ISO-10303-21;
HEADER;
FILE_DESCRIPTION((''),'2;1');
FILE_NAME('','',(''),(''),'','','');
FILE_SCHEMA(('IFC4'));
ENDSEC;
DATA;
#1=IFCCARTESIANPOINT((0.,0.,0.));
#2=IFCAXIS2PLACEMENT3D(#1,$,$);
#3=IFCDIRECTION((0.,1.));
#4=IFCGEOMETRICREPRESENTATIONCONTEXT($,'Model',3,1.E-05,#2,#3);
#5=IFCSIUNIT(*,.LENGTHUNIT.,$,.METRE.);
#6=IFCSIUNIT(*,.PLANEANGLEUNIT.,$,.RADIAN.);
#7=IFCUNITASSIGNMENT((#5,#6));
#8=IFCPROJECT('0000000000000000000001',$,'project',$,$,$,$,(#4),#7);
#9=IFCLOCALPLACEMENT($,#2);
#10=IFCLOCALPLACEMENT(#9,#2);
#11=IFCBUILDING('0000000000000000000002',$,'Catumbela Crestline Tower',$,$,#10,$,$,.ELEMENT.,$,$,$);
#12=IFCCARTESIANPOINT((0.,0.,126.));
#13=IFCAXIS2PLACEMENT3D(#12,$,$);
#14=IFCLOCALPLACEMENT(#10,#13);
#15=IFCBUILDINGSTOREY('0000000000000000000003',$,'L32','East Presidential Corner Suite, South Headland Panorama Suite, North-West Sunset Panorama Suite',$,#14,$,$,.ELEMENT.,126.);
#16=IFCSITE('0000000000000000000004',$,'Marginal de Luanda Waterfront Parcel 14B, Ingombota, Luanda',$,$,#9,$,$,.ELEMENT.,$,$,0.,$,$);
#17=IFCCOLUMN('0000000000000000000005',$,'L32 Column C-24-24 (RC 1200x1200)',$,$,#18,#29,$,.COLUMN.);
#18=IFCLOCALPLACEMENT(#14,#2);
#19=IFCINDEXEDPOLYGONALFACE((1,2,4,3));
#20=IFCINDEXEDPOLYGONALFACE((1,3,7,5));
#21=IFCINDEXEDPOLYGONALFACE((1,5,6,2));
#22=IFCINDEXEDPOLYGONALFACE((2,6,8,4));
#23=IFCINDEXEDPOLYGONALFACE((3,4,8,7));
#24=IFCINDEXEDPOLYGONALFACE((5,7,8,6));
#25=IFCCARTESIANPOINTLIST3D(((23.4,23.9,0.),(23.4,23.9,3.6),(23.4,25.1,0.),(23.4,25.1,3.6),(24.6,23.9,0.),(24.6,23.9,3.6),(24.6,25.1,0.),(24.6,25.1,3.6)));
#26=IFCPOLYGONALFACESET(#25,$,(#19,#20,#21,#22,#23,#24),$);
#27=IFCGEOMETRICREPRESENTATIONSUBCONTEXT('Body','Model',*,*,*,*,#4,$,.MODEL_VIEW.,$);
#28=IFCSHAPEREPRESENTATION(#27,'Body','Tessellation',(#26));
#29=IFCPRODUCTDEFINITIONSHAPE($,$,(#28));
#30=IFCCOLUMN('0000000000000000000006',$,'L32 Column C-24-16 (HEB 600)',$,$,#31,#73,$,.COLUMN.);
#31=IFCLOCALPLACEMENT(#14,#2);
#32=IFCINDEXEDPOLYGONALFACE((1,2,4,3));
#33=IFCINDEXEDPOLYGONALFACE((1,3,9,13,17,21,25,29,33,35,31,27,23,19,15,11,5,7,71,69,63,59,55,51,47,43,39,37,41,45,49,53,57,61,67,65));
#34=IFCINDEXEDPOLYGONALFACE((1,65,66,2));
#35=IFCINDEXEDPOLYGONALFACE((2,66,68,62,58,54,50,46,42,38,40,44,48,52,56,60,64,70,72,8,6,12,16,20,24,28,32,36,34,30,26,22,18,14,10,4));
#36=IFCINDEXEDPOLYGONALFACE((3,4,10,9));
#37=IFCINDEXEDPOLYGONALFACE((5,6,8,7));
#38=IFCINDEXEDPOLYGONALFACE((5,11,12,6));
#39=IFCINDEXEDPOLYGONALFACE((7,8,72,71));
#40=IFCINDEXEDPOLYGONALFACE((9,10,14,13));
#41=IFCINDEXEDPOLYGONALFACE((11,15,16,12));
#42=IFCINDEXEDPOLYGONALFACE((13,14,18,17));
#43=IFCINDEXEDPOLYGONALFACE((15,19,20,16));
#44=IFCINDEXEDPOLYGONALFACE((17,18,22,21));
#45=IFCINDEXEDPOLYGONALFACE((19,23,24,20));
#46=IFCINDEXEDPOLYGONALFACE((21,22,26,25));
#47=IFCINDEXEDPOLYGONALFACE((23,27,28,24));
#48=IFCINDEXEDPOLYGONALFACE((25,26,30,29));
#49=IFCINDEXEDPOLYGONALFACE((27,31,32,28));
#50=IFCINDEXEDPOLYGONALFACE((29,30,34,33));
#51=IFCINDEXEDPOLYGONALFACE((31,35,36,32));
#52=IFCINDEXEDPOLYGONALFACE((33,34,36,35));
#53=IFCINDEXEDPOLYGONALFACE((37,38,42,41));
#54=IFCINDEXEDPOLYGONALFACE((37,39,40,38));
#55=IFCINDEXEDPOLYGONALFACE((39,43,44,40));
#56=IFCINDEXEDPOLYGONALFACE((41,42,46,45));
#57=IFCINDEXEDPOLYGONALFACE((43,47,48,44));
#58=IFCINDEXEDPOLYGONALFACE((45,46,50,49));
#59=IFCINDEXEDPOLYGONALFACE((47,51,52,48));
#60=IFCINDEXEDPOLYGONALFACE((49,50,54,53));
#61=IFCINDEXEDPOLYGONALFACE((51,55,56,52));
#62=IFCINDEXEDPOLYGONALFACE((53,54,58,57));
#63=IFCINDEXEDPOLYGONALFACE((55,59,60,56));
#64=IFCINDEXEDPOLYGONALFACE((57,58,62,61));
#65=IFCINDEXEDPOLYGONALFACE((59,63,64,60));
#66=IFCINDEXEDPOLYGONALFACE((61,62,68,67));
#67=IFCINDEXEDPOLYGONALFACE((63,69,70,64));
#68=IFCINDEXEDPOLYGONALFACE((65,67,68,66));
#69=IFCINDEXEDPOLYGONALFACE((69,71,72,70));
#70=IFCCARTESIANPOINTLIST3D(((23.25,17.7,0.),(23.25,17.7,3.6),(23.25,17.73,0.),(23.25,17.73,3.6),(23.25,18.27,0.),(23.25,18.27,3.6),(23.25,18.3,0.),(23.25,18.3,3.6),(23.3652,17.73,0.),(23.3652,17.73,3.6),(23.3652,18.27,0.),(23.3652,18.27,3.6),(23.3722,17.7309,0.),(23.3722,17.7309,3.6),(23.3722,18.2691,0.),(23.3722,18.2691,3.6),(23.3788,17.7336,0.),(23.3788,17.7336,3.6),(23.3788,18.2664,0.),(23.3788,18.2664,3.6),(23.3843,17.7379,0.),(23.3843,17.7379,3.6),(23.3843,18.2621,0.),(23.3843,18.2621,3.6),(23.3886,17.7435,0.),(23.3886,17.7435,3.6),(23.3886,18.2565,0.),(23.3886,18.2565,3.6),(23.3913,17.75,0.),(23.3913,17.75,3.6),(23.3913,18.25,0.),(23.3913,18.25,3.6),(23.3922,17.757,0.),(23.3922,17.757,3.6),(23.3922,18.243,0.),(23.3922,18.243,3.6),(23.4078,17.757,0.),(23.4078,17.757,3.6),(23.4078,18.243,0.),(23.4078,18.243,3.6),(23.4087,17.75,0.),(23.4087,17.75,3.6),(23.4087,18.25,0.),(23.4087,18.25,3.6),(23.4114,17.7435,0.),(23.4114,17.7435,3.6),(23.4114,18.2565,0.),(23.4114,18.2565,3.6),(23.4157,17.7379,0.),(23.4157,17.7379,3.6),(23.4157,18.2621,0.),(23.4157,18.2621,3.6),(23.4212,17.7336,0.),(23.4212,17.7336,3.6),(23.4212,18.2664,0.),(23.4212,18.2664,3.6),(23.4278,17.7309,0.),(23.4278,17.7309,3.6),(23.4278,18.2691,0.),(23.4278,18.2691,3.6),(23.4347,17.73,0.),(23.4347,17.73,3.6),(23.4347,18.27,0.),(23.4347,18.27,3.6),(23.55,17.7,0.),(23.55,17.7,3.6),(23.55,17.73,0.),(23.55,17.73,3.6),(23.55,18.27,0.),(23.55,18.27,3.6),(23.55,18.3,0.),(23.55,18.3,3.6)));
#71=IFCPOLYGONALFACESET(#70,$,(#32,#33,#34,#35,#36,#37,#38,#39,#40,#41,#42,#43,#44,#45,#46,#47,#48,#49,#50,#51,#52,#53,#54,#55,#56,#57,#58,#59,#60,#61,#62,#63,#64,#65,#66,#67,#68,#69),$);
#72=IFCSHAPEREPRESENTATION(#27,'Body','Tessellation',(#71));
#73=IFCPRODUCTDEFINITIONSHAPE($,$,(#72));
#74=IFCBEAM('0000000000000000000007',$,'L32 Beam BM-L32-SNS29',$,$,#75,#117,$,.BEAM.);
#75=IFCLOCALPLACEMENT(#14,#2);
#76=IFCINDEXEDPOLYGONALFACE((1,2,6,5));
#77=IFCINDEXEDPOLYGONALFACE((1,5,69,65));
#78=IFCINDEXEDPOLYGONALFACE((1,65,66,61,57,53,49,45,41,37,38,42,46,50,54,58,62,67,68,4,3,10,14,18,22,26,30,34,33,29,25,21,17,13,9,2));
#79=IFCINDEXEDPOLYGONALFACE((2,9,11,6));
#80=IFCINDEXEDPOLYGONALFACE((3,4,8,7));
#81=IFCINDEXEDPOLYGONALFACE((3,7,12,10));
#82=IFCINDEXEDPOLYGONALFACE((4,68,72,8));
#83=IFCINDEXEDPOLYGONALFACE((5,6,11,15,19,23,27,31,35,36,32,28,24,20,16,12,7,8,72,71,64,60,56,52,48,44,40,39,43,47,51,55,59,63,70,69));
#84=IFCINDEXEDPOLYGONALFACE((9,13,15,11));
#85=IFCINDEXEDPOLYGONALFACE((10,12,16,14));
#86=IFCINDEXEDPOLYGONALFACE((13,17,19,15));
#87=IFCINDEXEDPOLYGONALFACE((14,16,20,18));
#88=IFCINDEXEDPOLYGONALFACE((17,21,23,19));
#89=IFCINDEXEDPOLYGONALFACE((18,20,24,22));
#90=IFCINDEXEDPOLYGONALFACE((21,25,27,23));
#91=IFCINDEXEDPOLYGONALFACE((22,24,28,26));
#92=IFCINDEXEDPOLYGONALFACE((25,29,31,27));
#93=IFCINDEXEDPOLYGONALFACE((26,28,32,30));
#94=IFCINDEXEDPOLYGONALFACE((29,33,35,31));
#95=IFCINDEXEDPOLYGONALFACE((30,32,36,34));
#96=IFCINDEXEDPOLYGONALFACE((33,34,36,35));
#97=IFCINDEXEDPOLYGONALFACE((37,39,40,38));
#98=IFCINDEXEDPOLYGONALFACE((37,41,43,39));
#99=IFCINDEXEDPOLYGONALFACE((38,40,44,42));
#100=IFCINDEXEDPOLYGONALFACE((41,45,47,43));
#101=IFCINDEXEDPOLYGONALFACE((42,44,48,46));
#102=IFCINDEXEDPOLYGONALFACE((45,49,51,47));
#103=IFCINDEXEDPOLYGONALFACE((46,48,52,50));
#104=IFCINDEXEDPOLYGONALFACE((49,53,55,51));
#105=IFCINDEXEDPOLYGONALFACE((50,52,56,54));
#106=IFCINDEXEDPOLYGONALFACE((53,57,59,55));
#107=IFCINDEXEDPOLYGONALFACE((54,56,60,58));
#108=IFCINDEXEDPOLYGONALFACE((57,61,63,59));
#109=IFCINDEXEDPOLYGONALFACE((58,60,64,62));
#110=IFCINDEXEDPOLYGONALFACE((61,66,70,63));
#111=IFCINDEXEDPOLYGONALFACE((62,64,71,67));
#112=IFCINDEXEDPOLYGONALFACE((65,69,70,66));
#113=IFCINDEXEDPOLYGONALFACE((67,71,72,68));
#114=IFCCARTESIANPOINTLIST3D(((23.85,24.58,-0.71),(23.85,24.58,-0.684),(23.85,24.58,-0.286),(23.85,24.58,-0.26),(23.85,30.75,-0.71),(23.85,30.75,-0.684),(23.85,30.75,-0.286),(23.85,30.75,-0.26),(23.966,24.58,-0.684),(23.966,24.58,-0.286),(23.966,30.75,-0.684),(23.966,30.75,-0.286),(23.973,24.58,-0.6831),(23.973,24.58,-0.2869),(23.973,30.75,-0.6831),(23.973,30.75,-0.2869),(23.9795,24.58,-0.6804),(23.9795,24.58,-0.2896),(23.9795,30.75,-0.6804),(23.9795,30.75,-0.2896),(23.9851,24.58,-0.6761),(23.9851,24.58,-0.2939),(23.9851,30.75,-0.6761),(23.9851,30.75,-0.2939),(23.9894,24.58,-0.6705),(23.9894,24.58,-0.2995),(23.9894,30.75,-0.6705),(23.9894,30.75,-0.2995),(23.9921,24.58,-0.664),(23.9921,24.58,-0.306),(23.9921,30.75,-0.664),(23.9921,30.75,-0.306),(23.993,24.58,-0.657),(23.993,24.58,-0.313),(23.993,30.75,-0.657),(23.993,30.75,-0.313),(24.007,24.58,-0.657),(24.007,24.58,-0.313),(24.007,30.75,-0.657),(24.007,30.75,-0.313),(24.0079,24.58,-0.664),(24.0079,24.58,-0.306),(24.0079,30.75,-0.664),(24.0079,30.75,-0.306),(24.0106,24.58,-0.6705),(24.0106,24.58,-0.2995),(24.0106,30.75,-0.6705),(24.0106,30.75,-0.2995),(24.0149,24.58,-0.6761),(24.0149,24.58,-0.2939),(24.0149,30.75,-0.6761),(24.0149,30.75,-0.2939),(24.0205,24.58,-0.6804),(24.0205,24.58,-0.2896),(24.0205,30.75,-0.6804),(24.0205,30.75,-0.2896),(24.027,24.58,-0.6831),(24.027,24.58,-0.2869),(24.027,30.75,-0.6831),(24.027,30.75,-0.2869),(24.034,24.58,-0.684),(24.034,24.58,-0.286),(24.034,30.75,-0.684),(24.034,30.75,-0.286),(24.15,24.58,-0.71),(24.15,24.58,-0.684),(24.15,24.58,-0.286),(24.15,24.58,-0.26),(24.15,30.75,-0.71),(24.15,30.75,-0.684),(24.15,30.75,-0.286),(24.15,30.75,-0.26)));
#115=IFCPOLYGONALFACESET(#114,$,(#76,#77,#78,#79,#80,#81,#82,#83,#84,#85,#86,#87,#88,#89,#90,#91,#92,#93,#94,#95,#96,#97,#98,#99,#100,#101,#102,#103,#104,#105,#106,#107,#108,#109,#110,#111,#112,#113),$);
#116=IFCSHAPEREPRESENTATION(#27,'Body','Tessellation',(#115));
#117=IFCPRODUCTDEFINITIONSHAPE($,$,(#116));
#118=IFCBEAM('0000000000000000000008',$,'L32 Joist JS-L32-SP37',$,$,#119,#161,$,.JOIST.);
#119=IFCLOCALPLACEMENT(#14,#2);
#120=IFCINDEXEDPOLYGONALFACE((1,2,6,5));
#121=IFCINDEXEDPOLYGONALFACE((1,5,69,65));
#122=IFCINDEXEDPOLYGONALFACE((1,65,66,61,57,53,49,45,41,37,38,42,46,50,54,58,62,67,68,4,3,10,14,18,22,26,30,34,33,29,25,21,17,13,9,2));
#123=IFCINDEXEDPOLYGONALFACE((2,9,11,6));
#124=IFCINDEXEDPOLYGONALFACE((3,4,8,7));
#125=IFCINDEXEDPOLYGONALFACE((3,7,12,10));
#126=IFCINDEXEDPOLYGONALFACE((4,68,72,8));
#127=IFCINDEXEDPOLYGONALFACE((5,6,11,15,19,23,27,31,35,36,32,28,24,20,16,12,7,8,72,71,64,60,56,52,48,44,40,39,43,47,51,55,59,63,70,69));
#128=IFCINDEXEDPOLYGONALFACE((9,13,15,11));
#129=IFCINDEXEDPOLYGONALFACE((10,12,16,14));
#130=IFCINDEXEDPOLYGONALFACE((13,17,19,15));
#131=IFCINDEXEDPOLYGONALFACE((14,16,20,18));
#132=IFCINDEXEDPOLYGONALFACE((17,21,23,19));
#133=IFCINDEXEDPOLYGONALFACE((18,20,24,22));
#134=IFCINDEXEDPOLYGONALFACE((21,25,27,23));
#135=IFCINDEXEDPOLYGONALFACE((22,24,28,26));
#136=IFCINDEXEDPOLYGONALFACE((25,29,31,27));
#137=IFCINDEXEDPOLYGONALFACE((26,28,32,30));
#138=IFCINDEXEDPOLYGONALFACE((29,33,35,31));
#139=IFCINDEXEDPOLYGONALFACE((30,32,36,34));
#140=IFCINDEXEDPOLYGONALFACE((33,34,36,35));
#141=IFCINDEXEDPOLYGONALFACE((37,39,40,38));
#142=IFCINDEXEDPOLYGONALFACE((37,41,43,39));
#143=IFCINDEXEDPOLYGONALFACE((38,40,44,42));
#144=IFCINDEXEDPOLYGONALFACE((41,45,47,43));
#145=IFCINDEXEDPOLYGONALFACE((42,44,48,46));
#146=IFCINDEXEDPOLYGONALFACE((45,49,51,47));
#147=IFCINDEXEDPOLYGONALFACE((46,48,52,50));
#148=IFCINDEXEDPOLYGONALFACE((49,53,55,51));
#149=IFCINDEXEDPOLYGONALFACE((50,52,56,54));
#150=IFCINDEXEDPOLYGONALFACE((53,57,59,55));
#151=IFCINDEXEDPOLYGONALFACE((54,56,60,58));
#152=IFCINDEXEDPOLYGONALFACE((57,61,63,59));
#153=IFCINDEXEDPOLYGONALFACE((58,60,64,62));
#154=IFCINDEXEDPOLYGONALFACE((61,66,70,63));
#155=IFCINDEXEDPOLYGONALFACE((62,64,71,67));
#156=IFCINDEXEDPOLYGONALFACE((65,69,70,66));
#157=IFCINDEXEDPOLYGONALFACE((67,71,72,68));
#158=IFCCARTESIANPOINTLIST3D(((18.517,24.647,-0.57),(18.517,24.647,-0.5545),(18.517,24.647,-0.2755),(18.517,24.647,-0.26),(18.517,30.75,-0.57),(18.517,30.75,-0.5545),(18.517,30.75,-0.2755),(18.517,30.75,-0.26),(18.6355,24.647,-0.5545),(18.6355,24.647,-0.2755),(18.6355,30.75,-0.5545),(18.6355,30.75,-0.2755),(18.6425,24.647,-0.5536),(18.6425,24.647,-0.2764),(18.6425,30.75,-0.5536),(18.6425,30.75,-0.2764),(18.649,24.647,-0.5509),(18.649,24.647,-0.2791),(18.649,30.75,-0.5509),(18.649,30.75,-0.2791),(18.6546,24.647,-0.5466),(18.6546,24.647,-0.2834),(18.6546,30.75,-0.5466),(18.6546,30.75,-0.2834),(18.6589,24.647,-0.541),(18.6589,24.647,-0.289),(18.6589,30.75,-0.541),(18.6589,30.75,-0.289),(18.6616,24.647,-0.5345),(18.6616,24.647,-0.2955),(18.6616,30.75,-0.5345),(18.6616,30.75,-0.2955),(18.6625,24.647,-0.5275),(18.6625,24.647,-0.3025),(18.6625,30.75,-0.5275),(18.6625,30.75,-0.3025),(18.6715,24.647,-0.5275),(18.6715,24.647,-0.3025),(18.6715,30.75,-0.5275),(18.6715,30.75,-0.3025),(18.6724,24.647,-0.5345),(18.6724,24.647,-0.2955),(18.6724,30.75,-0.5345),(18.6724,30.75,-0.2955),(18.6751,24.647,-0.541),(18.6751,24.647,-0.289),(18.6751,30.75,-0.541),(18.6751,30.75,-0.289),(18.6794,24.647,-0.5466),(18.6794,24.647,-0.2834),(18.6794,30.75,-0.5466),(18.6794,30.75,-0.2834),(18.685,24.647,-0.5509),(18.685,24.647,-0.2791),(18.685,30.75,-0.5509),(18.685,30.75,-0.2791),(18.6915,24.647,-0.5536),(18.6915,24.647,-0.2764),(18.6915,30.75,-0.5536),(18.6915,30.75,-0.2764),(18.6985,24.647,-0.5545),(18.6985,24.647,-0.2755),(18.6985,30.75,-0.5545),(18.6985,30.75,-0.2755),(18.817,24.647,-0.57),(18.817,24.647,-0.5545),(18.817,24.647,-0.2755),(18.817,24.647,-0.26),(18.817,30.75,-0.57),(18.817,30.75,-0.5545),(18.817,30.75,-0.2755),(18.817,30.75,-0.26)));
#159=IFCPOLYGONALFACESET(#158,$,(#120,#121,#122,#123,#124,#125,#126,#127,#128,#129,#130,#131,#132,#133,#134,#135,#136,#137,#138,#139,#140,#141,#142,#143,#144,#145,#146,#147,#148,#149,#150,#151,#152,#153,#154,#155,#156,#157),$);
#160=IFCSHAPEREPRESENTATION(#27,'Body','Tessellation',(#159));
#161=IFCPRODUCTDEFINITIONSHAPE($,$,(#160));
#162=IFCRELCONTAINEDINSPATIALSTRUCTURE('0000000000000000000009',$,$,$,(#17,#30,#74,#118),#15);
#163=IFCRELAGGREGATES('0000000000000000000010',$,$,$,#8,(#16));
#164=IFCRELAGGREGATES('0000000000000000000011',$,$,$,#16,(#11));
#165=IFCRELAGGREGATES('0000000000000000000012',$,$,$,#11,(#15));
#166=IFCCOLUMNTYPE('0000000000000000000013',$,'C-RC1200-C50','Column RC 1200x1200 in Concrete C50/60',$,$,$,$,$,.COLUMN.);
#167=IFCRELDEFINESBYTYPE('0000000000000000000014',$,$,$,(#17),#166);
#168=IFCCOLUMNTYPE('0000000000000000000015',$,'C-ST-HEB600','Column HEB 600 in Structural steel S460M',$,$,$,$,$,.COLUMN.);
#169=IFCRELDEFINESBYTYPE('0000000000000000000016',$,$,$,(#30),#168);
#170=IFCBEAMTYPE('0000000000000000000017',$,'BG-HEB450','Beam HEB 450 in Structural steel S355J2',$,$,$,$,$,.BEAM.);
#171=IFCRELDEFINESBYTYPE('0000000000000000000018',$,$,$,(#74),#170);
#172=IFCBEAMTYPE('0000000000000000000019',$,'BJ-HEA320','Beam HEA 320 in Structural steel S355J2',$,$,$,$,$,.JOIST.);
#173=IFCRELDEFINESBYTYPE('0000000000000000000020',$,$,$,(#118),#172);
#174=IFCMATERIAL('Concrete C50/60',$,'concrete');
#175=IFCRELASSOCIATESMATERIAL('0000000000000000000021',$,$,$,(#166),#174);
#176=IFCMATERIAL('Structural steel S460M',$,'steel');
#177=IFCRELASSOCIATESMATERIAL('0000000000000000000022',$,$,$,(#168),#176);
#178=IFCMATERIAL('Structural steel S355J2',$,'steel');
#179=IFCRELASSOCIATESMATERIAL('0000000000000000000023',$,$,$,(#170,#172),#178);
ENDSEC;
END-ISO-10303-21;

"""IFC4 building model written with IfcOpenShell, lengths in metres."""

from ifc_helpers import new_model, si_unit, direction, frame, origin, origin_2d, place, context, subcontext, project, spatial, rectangle, i_section, extrude, material, material_profile, profile_set, type_object, element, save


model = new_model("IFC4")

# Units and contexts
model_context = context("Model", 3, precision=1e-05, world=origin(), true_north=direction((0.0, 1.0)))
body_context = subcontext(model_context, "Body", "Model", "MODEL_VIEW")
ifc_project = project(units=[si_unit("LENGTHUNIT", "METRE"), si_unit("PLANEANGLEUNIT", "RADIAN")], contexts=[model_context])

# Site, building, storey
site_placement = place(None, origin())
site = spatial("IfcSite", under=ifc_project, at=site_placement, Name="Marginal de Luanda Waterfront Parcel 14B, Ingombota, Luanda", CompositionType="ELEMENT", RefElevation=0.0)
building_placement = place(site_placement, origin())
building = spatial("IfcBuilding", under=site, at=building_placement, Name="Catumbela Crestline Tower", CompositionType="ELEMENT")
storey_placement = place(building_placement, frame((0.0, 0.0, 126.0)))
storey = spatial("IfcBuildingStorey", under=building, at=storey_placement, Name="L32", Description="East Presidential Corner Suite, South Headland Panorama Suite, North-West Sunset Panorama Suite", CompositionType="ELEMENT", Elevation=126.0)

# Columns
ifc_material_1 = material(Name="Concrete C50/60", Category="concrete")
ifc_material_profile_1 = material_profile(ifc_material_1, rectangle(XDim=1.2, YDim=1.2, at=origin_2d()), Name="RC 1200x1200")
ifc_profile_set_1 = profile_set([ifc_material_profile_1], Name="Concrete C50/60")
column_type_1 = type_object("IfcColumnType", Name="C-RC1200-C50", Description="Column RC 1200x1200 in Concrete C50/60", PredefinedType="COLUMN", material=ifc_profile_set_1)
column_1_placement = place(storey_placement, frame((24.0, 24.5, 0.0), z_axis=(0.0, 0.0, 1.0), x_axis=(1.0, 0.0, 0.0)))
element("IfcColumn", 1, at=column_1_placement, inside=storey, type_object=column_type_1, Name="L32 Column C-24-24 (RC 1200x1200)", PredefinedType="COLUMN", context=body_context, shape_type="SweptSolid", body=[
    extrude(rectangle(XDim=1.2, YDim=1.2, at=origin_2d()), origin(), (0.0, 0.0, 1.0), 3.6),
])
ifc_material_2 = material(Name="Structural steel S460M", Category="steel")
ifc_material_profile_2 = material_profile(ifc_material_2, i_section(OverallWidth=0.3, OverallDepth=0.6, WebThickness=0.0155, FlangeThickness=0.03, FilletRadius=0.027, at=origin_2d()), Name="HEB 600")
ifc_profile_set_2 = profile_set([ifc_material_profile_2], Name="Structural steel S460M")
column_type_2 = type_object("IfcColumnType", Name="C-ST-HEB600", Description="Column HEB 600 in Structural steel S460M", PredefinedType="COLUMN", material=ifc_profile_set_2)
column_2_placement = place(storey_placement, frame((23.4, 18.0, 0.0), z_axis=(0.0, 0.0, 1.0), x_axis=(1.0, 0.0, 0.0)))
element("IfcColumn", 2, at=column_2_placement, inside=storey, type_object=column_type_2, Name="L32 Column C-24-16 (HEB 600)", PredefinedType="COLUMN", context=body_context, shape_type="SweptSolid", body=[
    extrude(i_section(OverallWidth=0.3, OverallDepth=0.6, WebThickness=0.0155, FlangeThickness=0.03, FilletRadius=0.027, at=origin_2d()), origin(), (0.0, 0.0, 1.0), 3.6),
])

# Beams
ifc_material_3 = material(Name="Structural steel S355J2", Category="steel")
ifc_material_profile_3 = material_profile(ifc_material_3, i_section(OverallWidth=0.3, OverallDepth=0.45, WebThickness=0.014, FlangeThickness=0.026, FilletRadius=0.027, at=origin_2d()), Name="HEB 450")
ifc_profile_set_3 = profile_set([ifc_material_profile_3], Name="Structural steel S355J2")
beam_type_1 = type_object("IfcBeamType", Name="BG-HEB450", Description="Beam HEB 450 in Structural steel S355J2", PredefinedType="BEAM", material=ifc_profile_set_3)
beam_1_placement = place(storey_placement, frame((24.0, 24.58, -0.485), z_axis=(0.0, 1.0, 0.0), x_axis=(-1.0, 0.0, 0.0)))
element("IfcBeam", 3, at=beam_1_placement, inside=storey, type_object=beam_type_1, Name="L32 Beam BM-L32-SNS29", PredefinedType="BEAM", context=body_context, shape_type="SweptSolid", body=[
    extrude(i_section(OverallWidth=0.3, OverallDepth=0.45, WebThickness=0.014, FlangeThickness=0.026, FilletRadius=0.027, at=origin_2d()), origin(), (0.0, 0.0, 1.0), 6.17),
])
ifc_material_profile_4 = material_profile(ifc_material_3, i_section(OverallWidth=0.3, OverallDepth=0.31, WebThickness=0.009, FlangeThickness=0.0155, FilletRadius=0.027, at=origin_2d()), Name="HEA 320")
ifc_profile_set_4 = profile_set([ifc_material_profile_4], Name="Structural steel S355J2")
beam_type_2 = type_object("IfcBeamType", Name="BJ-HEA320", Description="Beam HEA 320 in Structural steel S355J2", PredefinedType="JOIST", material=ifc_profile_set_4)
for number, where, z_axis, x_axis, name in (
    (4, (18.667, 24.647, -0.415), (0.0, 1.0, 0.0), (-1.0, 0.0, 0.0), "L32 Joist JS-L32-SP37"),
):
    element("IfcBeam", number, at=place(storey_placement, frame(where, z_axis=z_axis, x_axis=x_axis)), inside=storey, type_object=beam_type_2, Name=name, PredefinedType="JOIST", context=body_context, shape_type="SweptSolid", body=[
        extrude(i_section(OverallWidth=0.3, OverallDepth=0.31, WebThickness=0.009, FlangeThickness=0.0155, FilletRadius=0.027, at=origin_2d()), origin(), (0.0, 0.0, 1.0), 6.103),
    ])

save(model, "model.ifc")
